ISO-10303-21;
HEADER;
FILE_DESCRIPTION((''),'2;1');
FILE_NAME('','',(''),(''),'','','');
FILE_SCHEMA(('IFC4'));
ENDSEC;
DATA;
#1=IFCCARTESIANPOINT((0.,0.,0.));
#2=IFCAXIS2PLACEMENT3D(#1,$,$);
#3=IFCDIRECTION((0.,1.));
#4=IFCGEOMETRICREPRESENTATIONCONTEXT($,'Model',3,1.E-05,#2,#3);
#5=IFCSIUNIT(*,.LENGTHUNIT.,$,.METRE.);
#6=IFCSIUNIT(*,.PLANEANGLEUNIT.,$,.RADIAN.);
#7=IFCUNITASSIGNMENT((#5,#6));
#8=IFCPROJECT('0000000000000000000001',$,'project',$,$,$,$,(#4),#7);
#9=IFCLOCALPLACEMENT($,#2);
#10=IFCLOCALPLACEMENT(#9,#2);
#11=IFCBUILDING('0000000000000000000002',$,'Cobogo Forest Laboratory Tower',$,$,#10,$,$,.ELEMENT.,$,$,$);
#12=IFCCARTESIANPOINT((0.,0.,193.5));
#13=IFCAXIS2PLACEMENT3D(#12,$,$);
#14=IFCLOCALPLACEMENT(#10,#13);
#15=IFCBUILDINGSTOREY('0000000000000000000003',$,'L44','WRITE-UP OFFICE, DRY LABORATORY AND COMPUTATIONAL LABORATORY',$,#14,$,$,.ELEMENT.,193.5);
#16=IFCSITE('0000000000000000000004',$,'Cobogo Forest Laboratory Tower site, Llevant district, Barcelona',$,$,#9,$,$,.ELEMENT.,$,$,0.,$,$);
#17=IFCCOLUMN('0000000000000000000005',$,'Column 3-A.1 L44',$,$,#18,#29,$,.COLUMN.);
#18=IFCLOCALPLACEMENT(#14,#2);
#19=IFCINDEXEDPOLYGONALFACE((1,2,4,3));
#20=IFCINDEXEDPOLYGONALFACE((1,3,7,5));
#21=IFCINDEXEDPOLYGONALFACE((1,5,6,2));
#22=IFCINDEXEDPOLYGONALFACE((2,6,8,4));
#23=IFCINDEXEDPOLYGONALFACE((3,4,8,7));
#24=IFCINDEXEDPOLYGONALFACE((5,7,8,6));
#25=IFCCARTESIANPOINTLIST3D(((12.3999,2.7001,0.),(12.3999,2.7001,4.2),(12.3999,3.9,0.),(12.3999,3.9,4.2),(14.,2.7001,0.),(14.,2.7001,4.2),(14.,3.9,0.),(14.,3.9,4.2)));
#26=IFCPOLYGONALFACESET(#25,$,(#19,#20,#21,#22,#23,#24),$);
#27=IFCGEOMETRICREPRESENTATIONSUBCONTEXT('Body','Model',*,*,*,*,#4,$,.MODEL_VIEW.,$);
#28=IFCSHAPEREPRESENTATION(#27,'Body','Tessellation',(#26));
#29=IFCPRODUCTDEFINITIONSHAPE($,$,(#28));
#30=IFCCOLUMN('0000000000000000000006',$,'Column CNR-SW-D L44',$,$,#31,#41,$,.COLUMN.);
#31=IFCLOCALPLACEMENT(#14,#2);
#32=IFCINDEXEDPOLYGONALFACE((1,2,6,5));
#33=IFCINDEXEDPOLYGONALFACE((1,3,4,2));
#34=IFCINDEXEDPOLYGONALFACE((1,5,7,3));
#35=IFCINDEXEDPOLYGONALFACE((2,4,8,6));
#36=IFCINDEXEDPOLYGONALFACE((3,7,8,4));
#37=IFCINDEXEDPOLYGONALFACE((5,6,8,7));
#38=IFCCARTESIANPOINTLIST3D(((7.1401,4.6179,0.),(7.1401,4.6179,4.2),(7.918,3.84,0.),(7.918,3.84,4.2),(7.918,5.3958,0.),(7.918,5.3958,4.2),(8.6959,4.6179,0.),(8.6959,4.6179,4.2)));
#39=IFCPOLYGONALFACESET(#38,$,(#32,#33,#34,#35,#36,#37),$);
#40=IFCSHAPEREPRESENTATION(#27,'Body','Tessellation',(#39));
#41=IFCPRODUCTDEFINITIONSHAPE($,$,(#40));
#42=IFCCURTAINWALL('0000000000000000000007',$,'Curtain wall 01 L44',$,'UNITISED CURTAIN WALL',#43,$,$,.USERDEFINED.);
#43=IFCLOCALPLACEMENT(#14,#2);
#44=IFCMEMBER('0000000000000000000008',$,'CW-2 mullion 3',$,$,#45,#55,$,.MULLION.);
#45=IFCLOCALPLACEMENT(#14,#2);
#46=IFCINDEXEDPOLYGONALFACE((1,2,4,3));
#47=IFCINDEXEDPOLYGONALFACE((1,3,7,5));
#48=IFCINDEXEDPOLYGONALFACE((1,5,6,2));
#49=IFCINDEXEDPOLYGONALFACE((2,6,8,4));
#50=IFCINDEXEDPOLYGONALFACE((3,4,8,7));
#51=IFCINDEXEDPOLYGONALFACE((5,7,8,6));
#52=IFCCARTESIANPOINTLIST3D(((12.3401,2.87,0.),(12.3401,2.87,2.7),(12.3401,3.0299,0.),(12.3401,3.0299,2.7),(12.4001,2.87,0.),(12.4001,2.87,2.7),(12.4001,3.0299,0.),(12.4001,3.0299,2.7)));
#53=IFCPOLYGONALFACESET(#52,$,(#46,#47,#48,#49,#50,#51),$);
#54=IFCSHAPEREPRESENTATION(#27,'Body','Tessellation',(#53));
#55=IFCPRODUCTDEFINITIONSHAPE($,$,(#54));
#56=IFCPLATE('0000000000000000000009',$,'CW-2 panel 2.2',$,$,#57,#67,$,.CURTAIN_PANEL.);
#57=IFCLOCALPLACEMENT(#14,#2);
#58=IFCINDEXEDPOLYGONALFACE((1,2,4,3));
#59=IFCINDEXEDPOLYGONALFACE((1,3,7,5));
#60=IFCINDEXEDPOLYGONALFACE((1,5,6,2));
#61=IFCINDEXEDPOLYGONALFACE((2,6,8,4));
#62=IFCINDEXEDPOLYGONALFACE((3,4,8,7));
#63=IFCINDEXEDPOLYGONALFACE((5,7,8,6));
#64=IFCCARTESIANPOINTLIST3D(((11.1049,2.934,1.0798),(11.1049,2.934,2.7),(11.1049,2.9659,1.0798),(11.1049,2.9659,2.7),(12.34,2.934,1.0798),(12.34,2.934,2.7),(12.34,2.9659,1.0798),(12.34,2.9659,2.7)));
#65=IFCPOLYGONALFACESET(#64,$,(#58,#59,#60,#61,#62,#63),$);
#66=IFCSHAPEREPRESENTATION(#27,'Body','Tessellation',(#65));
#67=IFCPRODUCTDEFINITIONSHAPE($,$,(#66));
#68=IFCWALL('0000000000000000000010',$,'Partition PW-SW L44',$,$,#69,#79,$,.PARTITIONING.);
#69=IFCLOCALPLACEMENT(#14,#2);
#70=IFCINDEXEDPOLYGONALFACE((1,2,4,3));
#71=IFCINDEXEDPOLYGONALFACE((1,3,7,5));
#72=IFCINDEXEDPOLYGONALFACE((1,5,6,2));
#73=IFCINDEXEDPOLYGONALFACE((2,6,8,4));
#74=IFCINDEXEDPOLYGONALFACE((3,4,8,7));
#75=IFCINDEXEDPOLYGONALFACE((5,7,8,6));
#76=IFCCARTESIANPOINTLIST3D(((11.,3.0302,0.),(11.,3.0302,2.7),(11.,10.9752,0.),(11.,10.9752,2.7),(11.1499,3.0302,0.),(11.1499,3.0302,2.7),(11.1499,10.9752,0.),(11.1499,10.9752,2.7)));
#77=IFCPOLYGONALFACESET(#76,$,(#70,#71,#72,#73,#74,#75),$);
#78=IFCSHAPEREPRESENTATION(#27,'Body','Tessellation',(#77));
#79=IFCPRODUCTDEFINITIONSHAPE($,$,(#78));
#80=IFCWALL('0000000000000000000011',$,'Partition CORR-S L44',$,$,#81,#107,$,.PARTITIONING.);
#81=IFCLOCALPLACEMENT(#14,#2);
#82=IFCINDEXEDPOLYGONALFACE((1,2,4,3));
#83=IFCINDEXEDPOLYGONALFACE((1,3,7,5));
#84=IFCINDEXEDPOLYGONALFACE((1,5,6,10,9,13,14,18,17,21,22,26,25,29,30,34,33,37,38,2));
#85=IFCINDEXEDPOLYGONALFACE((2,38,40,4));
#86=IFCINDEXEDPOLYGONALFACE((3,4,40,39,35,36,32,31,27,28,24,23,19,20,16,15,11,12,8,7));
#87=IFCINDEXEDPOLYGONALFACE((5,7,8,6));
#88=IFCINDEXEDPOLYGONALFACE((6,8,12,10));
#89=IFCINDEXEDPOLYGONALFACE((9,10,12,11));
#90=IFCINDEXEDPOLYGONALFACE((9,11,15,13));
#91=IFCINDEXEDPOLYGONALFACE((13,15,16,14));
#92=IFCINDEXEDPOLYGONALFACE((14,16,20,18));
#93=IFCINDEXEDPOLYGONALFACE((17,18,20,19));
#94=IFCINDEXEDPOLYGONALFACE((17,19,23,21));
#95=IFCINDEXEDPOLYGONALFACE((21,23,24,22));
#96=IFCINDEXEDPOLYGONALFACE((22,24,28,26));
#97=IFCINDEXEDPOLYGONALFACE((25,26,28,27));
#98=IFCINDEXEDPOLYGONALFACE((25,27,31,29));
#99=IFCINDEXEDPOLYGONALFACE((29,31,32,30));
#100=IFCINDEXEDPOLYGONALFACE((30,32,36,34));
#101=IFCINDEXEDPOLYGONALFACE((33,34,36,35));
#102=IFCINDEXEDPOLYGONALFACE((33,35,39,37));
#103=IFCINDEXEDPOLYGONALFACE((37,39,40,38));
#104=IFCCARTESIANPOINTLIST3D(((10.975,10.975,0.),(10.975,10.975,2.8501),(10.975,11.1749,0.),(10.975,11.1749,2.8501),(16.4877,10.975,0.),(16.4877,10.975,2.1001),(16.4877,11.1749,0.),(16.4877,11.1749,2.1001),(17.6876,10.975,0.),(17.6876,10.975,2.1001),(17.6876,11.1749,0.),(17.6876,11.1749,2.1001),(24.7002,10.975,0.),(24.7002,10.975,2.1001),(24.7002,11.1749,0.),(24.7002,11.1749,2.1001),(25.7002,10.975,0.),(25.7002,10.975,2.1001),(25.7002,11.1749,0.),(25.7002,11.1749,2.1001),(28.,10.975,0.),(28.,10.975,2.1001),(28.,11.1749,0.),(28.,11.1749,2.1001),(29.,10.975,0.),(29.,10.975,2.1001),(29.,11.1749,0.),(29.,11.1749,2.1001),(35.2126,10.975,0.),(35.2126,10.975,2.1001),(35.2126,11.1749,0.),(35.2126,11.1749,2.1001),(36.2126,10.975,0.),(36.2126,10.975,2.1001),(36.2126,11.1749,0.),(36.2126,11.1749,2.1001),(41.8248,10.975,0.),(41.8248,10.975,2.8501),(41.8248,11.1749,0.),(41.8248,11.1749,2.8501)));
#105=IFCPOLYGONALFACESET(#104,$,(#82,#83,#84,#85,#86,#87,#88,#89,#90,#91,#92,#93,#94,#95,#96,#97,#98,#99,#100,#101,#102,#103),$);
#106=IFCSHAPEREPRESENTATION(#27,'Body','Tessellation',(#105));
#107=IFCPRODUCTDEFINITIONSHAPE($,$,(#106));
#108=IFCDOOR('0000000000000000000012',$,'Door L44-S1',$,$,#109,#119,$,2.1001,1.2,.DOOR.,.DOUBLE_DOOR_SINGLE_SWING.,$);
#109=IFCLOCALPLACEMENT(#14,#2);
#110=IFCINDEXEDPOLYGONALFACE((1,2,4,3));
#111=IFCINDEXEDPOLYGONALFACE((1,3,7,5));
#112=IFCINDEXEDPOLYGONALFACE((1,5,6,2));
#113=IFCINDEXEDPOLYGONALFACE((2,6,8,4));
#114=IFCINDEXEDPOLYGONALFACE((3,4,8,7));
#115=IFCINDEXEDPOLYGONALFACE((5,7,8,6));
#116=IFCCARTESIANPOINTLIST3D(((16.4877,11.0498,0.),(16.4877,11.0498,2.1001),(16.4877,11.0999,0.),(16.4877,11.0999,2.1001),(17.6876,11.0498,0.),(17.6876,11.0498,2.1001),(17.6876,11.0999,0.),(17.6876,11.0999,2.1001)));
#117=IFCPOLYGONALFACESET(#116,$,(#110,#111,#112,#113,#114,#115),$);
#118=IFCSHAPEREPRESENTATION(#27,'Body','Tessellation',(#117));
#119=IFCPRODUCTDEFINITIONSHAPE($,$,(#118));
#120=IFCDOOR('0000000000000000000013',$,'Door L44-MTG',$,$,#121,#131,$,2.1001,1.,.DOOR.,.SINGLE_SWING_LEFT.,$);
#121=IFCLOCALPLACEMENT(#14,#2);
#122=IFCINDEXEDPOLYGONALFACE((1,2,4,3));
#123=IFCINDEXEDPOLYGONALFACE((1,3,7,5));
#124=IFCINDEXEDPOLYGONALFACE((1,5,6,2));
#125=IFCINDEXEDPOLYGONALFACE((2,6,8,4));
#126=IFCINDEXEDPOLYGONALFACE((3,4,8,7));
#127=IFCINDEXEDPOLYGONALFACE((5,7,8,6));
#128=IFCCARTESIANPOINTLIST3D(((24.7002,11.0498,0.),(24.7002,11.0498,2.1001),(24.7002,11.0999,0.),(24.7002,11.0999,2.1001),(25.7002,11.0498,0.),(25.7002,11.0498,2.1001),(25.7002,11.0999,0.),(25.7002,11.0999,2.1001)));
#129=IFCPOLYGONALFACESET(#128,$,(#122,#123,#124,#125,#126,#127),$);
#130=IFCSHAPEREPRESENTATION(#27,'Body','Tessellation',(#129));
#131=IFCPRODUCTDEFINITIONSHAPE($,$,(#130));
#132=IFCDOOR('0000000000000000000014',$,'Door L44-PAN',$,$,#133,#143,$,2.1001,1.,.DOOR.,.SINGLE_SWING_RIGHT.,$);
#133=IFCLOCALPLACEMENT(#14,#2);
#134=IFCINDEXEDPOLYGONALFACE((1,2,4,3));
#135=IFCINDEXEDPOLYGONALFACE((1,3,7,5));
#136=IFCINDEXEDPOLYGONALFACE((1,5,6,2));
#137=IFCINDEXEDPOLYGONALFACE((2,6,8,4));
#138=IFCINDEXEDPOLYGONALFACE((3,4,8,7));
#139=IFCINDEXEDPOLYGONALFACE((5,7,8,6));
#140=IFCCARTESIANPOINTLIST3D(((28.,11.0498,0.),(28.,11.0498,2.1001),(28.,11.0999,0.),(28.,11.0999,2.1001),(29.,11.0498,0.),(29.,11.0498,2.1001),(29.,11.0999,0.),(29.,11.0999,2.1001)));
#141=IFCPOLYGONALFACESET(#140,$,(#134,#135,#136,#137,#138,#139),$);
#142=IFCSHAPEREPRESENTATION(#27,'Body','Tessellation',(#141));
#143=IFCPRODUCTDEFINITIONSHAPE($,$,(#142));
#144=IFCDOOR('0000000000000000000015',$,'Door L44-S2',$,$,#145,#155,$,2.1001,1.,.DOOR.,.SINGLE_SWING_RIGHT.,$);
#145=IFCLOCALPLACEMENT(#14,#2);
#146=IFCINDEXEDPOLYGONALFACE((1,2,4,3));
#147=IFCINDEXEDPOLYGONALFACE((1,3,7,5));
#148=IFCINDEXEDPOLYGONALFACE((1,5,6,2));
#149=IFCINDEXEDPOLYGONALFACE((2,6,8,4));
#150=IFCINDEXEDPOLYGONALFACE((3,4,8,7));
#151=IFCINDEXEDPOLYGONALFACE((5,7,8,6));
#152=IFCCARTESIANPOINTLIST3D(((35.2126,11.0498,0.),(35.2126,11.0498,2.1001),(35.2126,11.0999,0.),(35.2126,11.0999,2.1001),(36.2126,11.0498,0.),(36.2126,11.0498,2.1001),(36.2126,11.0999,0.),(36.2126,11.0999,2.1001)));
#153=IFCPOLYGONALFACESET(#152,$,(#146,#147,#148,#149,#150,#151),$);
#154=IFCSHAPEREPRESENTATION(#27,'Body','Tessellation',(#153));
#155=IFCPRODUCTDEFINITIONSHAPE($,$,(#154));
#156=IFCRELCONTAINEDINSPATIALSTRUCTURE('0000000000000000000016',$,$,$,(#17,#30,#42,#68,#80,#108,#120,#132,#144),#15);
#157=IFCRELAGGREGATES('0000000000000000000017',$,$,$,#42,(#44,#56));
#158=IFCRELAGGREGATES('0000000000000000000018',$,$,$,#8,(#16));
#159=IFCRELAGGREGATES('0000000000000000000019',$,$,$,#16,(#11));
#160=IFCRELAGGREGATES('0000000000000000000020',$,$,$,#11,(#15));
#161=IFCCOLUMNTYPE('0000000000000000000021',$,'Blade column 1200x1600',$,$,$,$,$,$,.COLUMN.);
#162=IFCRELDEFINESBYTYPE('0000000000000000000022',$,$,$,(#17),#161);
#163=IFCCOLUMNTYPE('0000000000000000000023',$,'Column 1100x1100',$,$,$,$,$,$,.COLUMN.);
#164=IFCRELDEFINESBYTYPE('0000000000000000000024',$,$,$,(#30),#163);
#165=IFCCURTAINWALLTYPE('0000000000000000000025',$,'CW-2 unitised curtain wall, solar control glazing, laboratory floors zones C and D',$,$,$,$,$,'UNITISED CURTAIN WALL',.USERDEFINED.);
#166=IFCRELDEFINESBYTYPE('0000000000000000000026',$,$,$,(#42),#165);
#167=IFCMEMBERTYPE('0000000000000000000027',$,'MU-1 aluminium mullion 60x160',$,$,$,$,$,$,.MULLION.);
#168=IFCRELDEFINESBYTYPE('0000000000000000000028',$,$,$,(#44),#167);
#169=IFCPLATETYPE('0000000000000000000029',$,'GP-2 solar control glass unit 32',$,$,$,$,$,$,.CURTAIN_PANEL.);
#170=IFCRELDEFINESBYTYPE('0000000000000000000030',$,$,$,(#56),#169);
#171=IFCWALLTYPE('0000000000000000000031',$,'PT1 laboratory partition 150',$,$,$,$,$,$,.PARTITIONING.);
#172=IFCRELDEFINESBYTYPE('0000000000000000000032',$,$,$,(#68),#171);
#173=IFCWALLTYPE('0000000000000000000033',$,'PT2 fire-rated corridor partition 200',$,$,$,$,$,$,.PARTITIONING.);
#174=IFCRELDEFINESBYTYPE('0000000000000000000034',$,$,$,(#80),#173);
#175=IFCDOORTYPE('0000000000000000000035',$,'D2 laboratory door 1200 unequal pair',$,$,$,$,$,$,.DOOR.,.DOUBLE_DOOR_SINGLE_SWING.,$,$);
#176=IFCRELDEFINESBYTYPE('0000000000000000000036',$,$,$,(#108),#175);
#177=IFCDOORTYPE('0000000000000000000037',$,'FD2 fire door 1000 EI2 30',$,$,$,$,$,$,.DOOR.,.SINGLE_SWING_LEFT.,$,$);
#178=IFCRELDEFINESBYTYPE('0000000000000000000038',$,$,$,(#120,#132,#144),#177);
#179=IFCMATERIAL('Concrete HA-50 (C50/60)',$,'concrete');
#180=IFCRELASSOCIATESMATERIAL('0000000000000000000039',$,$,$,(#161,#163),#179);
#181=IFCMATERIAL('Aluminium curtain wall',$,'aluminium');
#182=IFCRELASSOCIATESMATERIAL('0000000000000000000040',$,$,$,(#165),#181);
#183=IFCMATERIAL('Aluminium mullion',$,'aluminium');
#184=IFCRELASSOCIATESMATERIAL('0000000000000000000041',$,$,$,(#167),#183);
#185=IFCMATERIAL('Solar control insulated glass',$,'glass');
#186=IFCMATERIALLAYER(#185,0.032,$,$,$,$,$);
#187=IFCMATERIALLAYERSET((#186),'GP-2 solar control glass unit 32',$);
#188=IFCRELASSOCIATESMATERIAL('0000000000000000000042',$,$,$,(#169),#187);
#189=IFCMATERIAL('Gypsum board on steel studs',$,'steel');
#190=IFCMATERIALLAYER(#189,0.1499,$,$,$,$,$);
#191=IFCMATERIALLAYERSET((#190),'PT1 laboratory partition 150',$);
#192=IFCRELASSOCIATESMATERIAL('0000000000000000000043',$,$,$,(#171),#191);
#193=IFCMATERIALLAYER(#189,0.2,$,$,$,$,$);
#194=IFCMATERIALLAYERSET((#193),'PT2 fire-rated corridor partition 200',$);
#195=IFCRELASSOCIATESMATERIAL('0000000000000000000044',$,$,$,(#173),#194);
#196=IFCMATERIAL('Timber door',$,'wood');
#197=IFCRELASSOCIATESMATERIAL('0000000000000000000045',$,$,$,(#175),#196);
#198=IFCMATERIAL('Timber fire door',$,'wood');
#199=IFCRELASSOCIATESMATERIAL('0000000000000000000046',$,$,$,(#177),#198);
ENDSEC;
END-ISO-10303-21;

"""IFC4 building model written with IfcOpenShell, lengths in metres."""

from ifc_helpers import new_model, si_unit, direction, frame, frame_2d, origin, origin_2d, place, context, subcontext, project, spatial, rectangle, extrude, material, layer, layer_set, material_profile, profile_set, type_object, element, fill, aggregate, save


model = new_model("IFC4")

# Units and contexts
model_context = context("Model", 3, precision=1e-05, world=origin(), true_north=direction((0.0, 1.0)))
body_context = subcontext(model_context, "Body", "Model", "MODEL_VIEW")
ifc_project = project(units=[si_unit("LENGTHUNIT", "METRE"), si_unit("PLANEANGLEUNIT", "RADIAN")], contexts=[model_context])

# Site, building, storey
site_placement = place(None, origin())
site = spatial("IfcSite", under=ifc_project, at=site_placement, Name="Cobogo Forest Laboratory Tower site, Llevant district, Barcelona", CompositionType="ELEMENT", RefElevation=0.0)
building_placement = place(site_placement, origin())
building = spatial("IfcBuilding", under=site, at=building_placement, Name="Cobogo Forest Laboratory Tower", CompositionType="ELEMENT")
storey_placement = place(building_placement, frame((0.0, 0.0, 193.5)))
storey = spatial("IfcBuildingStorey", under=building, at=storey_placement, Name="L44", Description="WRITE-UP OFFICE, DRY LABORATORY AND COMPUTATIONAL LABORATORY", CompositionType="ELEMENT", Elevation=193.5)

# Columns
ifc_material_1 = material(Name="Concrete HA-50 (C50/60)", Category="concrete")
ifc_material_profile_1 = material_profile(ifc_material_1, rectangle(XDim=1.6001, YDim=1.2, at=origin_2d()), Name="RC 1200x1600")
ifc_profile_set_1 = profile_set([ifc_material_profile_1], Name="Concrete HA-50 (C50/60)")
column_type_1 = type_object("IfcColumnType", Name="Blade column 1200x1600", PredefinedType="COLUMN", material=ifc_profile_set_1)
column_1_placement = place(storey_placement, frame((13.2, 3.3, 0.0), z_axis=(0.0, 0.0, 1.0), x_axis=(1.0, 0.0, 0.0)))
element("IfcColumn", 1, at=column_1_placement, inside=storey, type_object=column_type_1, Name="Column 3-A.1 L44", PredefinedType="COLUMN", context=body_context, shape_type="SweptSolid", body=[
    extrude(rectangle(XDim=1.6001, YDim=1.2, at=origin_2d()), origin(), (0.0, 0.0, 1.0), 4.2),
])
ifc_material_profile_2 = material_profile(ifc_material_1, rectangle(XDim=1.1001, YDim=1.1001, at=origin_2d()), Name="RC 1100x1100")
ifc_profile_set_2 = profile_set([ifc_material_profile_2], Name="Concrete HA-50 (C50/60)")
column_type_2 = type_object("IfcColumnType", Name="Column 1100x1100", PredefinedType="COLUMN", material=ifc_profile_set_2)
column_2_placement = place(storey_placement, frame((7.918, 4.6179, 0.0), z_axis=(0.0, 0.0, 1.0), x_axis=(0.707107, 0.707107, 0.0)))
element("IfcColumn", 2, at=column_2_placement, inside=storey, type_object=column_type_2, Name="Column CNR-SW-D L44", PredefinedType="COLUMN", context=body_context, shape_type="SweptSolid", body=[
    extrude(rectangle(XDim=1.1001, YDim=1.1001, at=origin_2d()), origin(), (0.0, 0.0, 1.0), 4.2),
])

# Curtain wall, member, plate
ifc_material_2 = material(Name="Aluminium curtain wall", Category="aluminium")
curtain_wall_type = type_object("IfcCurtainWallType", Name="CW-2 unitised curtain wall, solar control glazing, laboratory floors zones C and D", ElementType="UNITISED CURTAIN WALL", PredefinedType="USERDEFINED", material=ifc_material_2)
curtain_wall_placement = place(storey_placement, origin())
curtain_wall = element("IfcCurtainWall", 3, at=curtain_wall_placement, inside=storey, type_object=curtain_wall_type, Name="Curtain wall 01 L44", ObjectType="UNITISED CURTAIN WALL", PredefinedType="USERDEFINED")
ifc_material_3 = material(Name="Aluminium mullion", Category="aluminium")
ifc_material_profile_3 = material_profile(ifc_material_3, rectangle(XDim=0.0601, YDim=0.1599, at=origin_2d()), Name="AL 60x160")
ifc_profile_set_3 = profile_set([ifc_material_profile_3], Name="Aluminium mullion")
member_type = type_object("IfcMemberType", Name="MU-1 aluminium mullion 60x160", PredefinedType="MULLION", material=ifc_profile_set_3)
member_placement = place(storey_placement, frame((12.3701, 2.95, 0.0), z_axis=(0.0, 0.0, 1.0), x_axis=(1.0, 0.0, 0.0)))
member = element("IfcMember", 4, at=member_placement, type_object=member_type, Name="CW-2 mullion 3", PredefinedType="MULLION", context=body_context, shape_type="SweptSolid", body=[
    extrude(rectangle(XDim=0.0601, YDim=0.1599, at=origin_2d()), origin(), (0.0, 0.0, 1.0), 2.7),
])
ifc_material_4 = material(Name="Solar control insulated glass", Category="glass")
ifc_layer_1 = layer(ifc_material_4, 0.032)
ifc_layer_set_1 = layer_set([ifc_layer_1], Name="GP-2 solar control glass unit 32")
plate_type = type_object("IfcPlateType", Name="GP-2 solar control glass unit 32", PredefinedType="CURTAIN_PANEL", material=ifc_layer_set_1)
plate_placement = place(storey_placement, frame((11.7224, 2.95, 1.0798), z_axis=(0.0, 0.0, 1.0), x_axis=(1.0, 0.0, 0.0)))
plate = element("IfcPlate", 5, at=plate_placement, type_object=plate_type, Name="CW-2 panel 2.2", PredefinedType="CURTAIN_PANEL", context=body_context, shape_type="SweptSolid", body=[
    extrude(rectangle(XDim=1.2351, YDim=0.032, at=origin_2d()), origin(), (0.0, 0.0, 1.0), 1.6201),
])
aggregate(curtain_wall, [member, plate])

# Wall
ifc_material_5 = material(Name="Gypsum board on steel studs", Category="steel")
ifc_layer_2 = layer(ifc_material_5, 0.1499)
ifc_layer_set_2 = layer_set([ifc_layer_2], Name="PT1 laboratory partition 150")
wall_type_1 = type_object("IfcWallType", Name="PT1 laboratory partition 150", PredefinedType="PARTITIONING", material=ifc_layer_set_2)
wall_1_placement = place(storey_placement, frame((11.075, 3.03, 0.0), z_axis=(0.0, 0.0, 1.0), x_axis=(0.0, 1.0, 0.0)))
element("IfcWall", 6, at=wall_1_placement, inside=storey, type_object=wall_type_1, Name="Partition PW-SW L44", PredefinedType="PARTITIONING", context=body_context, shape_type="SweptSolid", body=[
    extrude(rectangle(XDim=7.9451, YDim=0.1499, at=frame_2d((3.9727, 0.0))), origin(), (0.0, 0.0, 1.0), 2.7),
])

# Wall, openings, doors
ifc_layer_3 = layer(ifc_material_5, 0.2)
ifc_layer_set_3 = layer_set([ifc_layer_3], Name="PT2 fire-rated corridor partition 200")
wall_type_2 = type_object("IfcWallType", Name="PT2 fire-rated corridor partition 200", PredefinedType="PARTITIONING", material=ifc_layer_set_3)
wall_2_placement = place(storey_placement, frame((10.9751, 11.075, 0.0), z_axis=(0.0, 0.0, 1.0), x_axis=(1.0, 0.0, 0.0)))
wall_2 = element("IfcWall", 7, at=wall_2_placement, inside=storey, type_object=wall_type_2, Name="Partition CORR-S L44", PredefinedType="PARTITIONING", context=body_context, shape_type="SweptSolid", body=[
    extrude(rectangle(XDim=30.8499, YDim=0.2, at=frame_2d((15.4248, 0.0))), origin(), (0.0, 0.0, 1.0), 2.8501),
])
opening_1_placement = place(wall_2_placement, frame((5.5125, 0.0, 0.0)))
opening_1 = element("IfcOpeningElement", 8, at=opening_1_placement, cuts=wall_2, PredefinedType="OPENING", context=body_context, shape_type="SweptSolid", body=[
    extrude(rectangle(XDim=1.2, YDim=2.1001, at=frame_2d((0.6001, 1.05))), frame((0.0, 0.1099, 0.0), z_axis=(0.0, -1.0, 0.0), x_axis=(1.0, 0.0, 0.0)), (0.0, 0.0, 1.0), 0.22),
])
opening_2_placement = place(wall_2_placement, frame((13.7251, 0.0, 0.0)))
opening_2 = element("IfcOpeningElement", 9, at=opening_2_placement, cuts=wall_2, PredefinedType="OPENING", context=body_context, shape_type="SweptSolid", body=[
    extrude(rectangle(XDim=1.0, YDim=2.1001, at=frame_2d((0.5, 1.05))), frame((0.0, 0.1099, 0.0), z_axis=(0.0, -1.0, 0.0), x_axis=(1.0, 0.0, 0.0)), (0.0, 0.0, 1.0), 0.22),
])
opening_3_placement = place(wall_2_placement, frame((17.0249, 0.0, 0.0)))
opening_3 = element("IfcOpeningElement", 10, at=opening_3_placement, cuts=wall_2, PredefinedType="OPENING", context=body_context, shape_type="SweptSolid", body=[
    extrude(rectangle(XDim=1.0, YDim=2.1001, at=frame_2d((0.5, 1.05))), frame((0.0, 0.1099, 0.0), z_axis=(0.0, -1.0, 0.0), x_axis=(1.0, 0.0, 0.0)), (0.0, 0.0, 1.0), 0.22),
])
opening_4_placement = place(wall_2_placement, frame((24.2375, 0.0, 0.0)))
opening_4 = element("IfcOpeningElement", 11, at=opening_4_placement, cuts=wall_2, PredefinedType="OPENING", context=body_context, shape_type="SweptSolid", body=[
    extrude(rectangle(XDim=1.0, YDim=2.1001, at=frame_2d((0.5, 1.05))), frame((0.0, 0.1099, 0.0), z_axis=(0.0, -1.0, 0.0), x_axis=(1.0, 0.0, 0.0)), (0.0, 0.0, 1.0), 0.22),
])
ifc_material_6 = material(Name="Timber door", Category="wood")
door_type_1 = type_object("IfcDoorType", Name="D2 laboratory door 1200 unequal pair", OperationType="DOUBLE_DOOR_SINGLE_SWING", PredefinedType="DOOR", material=ifc_material_6)
door_1_placement = place(opening_1_placement, origin())
door_1 = element("IfcDoor", 12, at=door_1_placement, inside=storey, type_object=door_type_1, Name="Door L44-S1", OperationType="DOUBLE_DOOR_SINGLE_SWING", OverallHeight=2.1001, OverallWidth=1.2, PredefinedType="DOOR", context=body_context, shape_type="SweptSolid", body=[
    extrude(rectangle(XDim=1.2, YDim=2.1001, at=frame_2d((0.6001, 1.05))), frame((0.0, 0.0249, 0.0), z_axis=(0.0, -1.0, 0.0), x_axis=(1.0, 0.0, 0.0)), (0.0, 0.0, 1.0), 0.05),
])
fill(opening_1, door_1)
ifc_material_7 = material(Name="Timber fire door", Category="wood")
door_type_2 = type_object("IfcDoorType", Name="FD2 fire door 1000 EI2 30", OperationType="SINGLE_SWING_LEFT", PredefinedType="DOOR", material=ifc_material_7)
door_2_placement = place(opening_2_placement, origin())
door_2 = element("IfcDoor", 13, at=door_2_placement, inside=storey, type_object=door_type_2, Name="Door L44-MTG", OperationType="SINGLE_SWING_LEFT", OverallHeight=2.1001, OverallWidth=1.0, PredefinedType="DOOR", context=body_context, shape_type="SweptSolid", body=[
    extrude(rectangle(XDim=1.0, YDim=2.1001, at=frame_2d((0.5, 1.05))), frame((0.0, 0.0249, 0.0), z_axis=(0.0, -1.0, 0.0), x_axis=(1.0, 0.0, 0.0)), (0.0, 0.0, 1.0), 0.05),
])
fill(opening_2, door_2)
door_3_placement = place(opening_3_placement, origin())
door_3 = element("IfcDoor", 14, at=door_3_placement, inside=storey, type_object=door_type_2, Name="Door L44-PAN", OperationType="SINGLE_SWING_RIGHT", OverallHeight=2.1001, OverallWidth=1.0, PredefinedType="DOOR", context=body_context, shape_type="SweptSolid", body=[
    extrude(rectangle(XDim=1.0, YDim=2.1001, at=frame_2d((0.5, 1.05))), frame((0.0, 0.0249, 0.0), z_axis=(0.0, -1.0, 0.0), x_axis=(1.0, 0.0, 0.0)), (0.0, 0.0, 1.0), 0.05),
])
fill(opening_3, door_3)
door_4_placement = place(opening_4_placement, origin())
door_4 = element("IfcDoor", 15, at=door_4_placement, inside=storey, type_object=door_type_2, Name="Door L44-S2", OperationType="SINGLE_SWING_RIGHT", OverallHeight=2.1001, OverallWidth=1.0, PredefinedType="DOOR", context=body_context, shape_type="SweptSolid", body=[
    extrude(rectangle(XDim=1.0, YDim=2.1001, at=frame_2d((0.5, 1.05))), frame((0.0, 0.0249, 0.0), z_axis=(0.0, -1.0, 0.0), x_axis=(1.0, 0.0, 0.0)), (0.0, 0.0, 1.0), 0.05),
])
fill(opening_4, door_4)

save(model, "model.ifc")
